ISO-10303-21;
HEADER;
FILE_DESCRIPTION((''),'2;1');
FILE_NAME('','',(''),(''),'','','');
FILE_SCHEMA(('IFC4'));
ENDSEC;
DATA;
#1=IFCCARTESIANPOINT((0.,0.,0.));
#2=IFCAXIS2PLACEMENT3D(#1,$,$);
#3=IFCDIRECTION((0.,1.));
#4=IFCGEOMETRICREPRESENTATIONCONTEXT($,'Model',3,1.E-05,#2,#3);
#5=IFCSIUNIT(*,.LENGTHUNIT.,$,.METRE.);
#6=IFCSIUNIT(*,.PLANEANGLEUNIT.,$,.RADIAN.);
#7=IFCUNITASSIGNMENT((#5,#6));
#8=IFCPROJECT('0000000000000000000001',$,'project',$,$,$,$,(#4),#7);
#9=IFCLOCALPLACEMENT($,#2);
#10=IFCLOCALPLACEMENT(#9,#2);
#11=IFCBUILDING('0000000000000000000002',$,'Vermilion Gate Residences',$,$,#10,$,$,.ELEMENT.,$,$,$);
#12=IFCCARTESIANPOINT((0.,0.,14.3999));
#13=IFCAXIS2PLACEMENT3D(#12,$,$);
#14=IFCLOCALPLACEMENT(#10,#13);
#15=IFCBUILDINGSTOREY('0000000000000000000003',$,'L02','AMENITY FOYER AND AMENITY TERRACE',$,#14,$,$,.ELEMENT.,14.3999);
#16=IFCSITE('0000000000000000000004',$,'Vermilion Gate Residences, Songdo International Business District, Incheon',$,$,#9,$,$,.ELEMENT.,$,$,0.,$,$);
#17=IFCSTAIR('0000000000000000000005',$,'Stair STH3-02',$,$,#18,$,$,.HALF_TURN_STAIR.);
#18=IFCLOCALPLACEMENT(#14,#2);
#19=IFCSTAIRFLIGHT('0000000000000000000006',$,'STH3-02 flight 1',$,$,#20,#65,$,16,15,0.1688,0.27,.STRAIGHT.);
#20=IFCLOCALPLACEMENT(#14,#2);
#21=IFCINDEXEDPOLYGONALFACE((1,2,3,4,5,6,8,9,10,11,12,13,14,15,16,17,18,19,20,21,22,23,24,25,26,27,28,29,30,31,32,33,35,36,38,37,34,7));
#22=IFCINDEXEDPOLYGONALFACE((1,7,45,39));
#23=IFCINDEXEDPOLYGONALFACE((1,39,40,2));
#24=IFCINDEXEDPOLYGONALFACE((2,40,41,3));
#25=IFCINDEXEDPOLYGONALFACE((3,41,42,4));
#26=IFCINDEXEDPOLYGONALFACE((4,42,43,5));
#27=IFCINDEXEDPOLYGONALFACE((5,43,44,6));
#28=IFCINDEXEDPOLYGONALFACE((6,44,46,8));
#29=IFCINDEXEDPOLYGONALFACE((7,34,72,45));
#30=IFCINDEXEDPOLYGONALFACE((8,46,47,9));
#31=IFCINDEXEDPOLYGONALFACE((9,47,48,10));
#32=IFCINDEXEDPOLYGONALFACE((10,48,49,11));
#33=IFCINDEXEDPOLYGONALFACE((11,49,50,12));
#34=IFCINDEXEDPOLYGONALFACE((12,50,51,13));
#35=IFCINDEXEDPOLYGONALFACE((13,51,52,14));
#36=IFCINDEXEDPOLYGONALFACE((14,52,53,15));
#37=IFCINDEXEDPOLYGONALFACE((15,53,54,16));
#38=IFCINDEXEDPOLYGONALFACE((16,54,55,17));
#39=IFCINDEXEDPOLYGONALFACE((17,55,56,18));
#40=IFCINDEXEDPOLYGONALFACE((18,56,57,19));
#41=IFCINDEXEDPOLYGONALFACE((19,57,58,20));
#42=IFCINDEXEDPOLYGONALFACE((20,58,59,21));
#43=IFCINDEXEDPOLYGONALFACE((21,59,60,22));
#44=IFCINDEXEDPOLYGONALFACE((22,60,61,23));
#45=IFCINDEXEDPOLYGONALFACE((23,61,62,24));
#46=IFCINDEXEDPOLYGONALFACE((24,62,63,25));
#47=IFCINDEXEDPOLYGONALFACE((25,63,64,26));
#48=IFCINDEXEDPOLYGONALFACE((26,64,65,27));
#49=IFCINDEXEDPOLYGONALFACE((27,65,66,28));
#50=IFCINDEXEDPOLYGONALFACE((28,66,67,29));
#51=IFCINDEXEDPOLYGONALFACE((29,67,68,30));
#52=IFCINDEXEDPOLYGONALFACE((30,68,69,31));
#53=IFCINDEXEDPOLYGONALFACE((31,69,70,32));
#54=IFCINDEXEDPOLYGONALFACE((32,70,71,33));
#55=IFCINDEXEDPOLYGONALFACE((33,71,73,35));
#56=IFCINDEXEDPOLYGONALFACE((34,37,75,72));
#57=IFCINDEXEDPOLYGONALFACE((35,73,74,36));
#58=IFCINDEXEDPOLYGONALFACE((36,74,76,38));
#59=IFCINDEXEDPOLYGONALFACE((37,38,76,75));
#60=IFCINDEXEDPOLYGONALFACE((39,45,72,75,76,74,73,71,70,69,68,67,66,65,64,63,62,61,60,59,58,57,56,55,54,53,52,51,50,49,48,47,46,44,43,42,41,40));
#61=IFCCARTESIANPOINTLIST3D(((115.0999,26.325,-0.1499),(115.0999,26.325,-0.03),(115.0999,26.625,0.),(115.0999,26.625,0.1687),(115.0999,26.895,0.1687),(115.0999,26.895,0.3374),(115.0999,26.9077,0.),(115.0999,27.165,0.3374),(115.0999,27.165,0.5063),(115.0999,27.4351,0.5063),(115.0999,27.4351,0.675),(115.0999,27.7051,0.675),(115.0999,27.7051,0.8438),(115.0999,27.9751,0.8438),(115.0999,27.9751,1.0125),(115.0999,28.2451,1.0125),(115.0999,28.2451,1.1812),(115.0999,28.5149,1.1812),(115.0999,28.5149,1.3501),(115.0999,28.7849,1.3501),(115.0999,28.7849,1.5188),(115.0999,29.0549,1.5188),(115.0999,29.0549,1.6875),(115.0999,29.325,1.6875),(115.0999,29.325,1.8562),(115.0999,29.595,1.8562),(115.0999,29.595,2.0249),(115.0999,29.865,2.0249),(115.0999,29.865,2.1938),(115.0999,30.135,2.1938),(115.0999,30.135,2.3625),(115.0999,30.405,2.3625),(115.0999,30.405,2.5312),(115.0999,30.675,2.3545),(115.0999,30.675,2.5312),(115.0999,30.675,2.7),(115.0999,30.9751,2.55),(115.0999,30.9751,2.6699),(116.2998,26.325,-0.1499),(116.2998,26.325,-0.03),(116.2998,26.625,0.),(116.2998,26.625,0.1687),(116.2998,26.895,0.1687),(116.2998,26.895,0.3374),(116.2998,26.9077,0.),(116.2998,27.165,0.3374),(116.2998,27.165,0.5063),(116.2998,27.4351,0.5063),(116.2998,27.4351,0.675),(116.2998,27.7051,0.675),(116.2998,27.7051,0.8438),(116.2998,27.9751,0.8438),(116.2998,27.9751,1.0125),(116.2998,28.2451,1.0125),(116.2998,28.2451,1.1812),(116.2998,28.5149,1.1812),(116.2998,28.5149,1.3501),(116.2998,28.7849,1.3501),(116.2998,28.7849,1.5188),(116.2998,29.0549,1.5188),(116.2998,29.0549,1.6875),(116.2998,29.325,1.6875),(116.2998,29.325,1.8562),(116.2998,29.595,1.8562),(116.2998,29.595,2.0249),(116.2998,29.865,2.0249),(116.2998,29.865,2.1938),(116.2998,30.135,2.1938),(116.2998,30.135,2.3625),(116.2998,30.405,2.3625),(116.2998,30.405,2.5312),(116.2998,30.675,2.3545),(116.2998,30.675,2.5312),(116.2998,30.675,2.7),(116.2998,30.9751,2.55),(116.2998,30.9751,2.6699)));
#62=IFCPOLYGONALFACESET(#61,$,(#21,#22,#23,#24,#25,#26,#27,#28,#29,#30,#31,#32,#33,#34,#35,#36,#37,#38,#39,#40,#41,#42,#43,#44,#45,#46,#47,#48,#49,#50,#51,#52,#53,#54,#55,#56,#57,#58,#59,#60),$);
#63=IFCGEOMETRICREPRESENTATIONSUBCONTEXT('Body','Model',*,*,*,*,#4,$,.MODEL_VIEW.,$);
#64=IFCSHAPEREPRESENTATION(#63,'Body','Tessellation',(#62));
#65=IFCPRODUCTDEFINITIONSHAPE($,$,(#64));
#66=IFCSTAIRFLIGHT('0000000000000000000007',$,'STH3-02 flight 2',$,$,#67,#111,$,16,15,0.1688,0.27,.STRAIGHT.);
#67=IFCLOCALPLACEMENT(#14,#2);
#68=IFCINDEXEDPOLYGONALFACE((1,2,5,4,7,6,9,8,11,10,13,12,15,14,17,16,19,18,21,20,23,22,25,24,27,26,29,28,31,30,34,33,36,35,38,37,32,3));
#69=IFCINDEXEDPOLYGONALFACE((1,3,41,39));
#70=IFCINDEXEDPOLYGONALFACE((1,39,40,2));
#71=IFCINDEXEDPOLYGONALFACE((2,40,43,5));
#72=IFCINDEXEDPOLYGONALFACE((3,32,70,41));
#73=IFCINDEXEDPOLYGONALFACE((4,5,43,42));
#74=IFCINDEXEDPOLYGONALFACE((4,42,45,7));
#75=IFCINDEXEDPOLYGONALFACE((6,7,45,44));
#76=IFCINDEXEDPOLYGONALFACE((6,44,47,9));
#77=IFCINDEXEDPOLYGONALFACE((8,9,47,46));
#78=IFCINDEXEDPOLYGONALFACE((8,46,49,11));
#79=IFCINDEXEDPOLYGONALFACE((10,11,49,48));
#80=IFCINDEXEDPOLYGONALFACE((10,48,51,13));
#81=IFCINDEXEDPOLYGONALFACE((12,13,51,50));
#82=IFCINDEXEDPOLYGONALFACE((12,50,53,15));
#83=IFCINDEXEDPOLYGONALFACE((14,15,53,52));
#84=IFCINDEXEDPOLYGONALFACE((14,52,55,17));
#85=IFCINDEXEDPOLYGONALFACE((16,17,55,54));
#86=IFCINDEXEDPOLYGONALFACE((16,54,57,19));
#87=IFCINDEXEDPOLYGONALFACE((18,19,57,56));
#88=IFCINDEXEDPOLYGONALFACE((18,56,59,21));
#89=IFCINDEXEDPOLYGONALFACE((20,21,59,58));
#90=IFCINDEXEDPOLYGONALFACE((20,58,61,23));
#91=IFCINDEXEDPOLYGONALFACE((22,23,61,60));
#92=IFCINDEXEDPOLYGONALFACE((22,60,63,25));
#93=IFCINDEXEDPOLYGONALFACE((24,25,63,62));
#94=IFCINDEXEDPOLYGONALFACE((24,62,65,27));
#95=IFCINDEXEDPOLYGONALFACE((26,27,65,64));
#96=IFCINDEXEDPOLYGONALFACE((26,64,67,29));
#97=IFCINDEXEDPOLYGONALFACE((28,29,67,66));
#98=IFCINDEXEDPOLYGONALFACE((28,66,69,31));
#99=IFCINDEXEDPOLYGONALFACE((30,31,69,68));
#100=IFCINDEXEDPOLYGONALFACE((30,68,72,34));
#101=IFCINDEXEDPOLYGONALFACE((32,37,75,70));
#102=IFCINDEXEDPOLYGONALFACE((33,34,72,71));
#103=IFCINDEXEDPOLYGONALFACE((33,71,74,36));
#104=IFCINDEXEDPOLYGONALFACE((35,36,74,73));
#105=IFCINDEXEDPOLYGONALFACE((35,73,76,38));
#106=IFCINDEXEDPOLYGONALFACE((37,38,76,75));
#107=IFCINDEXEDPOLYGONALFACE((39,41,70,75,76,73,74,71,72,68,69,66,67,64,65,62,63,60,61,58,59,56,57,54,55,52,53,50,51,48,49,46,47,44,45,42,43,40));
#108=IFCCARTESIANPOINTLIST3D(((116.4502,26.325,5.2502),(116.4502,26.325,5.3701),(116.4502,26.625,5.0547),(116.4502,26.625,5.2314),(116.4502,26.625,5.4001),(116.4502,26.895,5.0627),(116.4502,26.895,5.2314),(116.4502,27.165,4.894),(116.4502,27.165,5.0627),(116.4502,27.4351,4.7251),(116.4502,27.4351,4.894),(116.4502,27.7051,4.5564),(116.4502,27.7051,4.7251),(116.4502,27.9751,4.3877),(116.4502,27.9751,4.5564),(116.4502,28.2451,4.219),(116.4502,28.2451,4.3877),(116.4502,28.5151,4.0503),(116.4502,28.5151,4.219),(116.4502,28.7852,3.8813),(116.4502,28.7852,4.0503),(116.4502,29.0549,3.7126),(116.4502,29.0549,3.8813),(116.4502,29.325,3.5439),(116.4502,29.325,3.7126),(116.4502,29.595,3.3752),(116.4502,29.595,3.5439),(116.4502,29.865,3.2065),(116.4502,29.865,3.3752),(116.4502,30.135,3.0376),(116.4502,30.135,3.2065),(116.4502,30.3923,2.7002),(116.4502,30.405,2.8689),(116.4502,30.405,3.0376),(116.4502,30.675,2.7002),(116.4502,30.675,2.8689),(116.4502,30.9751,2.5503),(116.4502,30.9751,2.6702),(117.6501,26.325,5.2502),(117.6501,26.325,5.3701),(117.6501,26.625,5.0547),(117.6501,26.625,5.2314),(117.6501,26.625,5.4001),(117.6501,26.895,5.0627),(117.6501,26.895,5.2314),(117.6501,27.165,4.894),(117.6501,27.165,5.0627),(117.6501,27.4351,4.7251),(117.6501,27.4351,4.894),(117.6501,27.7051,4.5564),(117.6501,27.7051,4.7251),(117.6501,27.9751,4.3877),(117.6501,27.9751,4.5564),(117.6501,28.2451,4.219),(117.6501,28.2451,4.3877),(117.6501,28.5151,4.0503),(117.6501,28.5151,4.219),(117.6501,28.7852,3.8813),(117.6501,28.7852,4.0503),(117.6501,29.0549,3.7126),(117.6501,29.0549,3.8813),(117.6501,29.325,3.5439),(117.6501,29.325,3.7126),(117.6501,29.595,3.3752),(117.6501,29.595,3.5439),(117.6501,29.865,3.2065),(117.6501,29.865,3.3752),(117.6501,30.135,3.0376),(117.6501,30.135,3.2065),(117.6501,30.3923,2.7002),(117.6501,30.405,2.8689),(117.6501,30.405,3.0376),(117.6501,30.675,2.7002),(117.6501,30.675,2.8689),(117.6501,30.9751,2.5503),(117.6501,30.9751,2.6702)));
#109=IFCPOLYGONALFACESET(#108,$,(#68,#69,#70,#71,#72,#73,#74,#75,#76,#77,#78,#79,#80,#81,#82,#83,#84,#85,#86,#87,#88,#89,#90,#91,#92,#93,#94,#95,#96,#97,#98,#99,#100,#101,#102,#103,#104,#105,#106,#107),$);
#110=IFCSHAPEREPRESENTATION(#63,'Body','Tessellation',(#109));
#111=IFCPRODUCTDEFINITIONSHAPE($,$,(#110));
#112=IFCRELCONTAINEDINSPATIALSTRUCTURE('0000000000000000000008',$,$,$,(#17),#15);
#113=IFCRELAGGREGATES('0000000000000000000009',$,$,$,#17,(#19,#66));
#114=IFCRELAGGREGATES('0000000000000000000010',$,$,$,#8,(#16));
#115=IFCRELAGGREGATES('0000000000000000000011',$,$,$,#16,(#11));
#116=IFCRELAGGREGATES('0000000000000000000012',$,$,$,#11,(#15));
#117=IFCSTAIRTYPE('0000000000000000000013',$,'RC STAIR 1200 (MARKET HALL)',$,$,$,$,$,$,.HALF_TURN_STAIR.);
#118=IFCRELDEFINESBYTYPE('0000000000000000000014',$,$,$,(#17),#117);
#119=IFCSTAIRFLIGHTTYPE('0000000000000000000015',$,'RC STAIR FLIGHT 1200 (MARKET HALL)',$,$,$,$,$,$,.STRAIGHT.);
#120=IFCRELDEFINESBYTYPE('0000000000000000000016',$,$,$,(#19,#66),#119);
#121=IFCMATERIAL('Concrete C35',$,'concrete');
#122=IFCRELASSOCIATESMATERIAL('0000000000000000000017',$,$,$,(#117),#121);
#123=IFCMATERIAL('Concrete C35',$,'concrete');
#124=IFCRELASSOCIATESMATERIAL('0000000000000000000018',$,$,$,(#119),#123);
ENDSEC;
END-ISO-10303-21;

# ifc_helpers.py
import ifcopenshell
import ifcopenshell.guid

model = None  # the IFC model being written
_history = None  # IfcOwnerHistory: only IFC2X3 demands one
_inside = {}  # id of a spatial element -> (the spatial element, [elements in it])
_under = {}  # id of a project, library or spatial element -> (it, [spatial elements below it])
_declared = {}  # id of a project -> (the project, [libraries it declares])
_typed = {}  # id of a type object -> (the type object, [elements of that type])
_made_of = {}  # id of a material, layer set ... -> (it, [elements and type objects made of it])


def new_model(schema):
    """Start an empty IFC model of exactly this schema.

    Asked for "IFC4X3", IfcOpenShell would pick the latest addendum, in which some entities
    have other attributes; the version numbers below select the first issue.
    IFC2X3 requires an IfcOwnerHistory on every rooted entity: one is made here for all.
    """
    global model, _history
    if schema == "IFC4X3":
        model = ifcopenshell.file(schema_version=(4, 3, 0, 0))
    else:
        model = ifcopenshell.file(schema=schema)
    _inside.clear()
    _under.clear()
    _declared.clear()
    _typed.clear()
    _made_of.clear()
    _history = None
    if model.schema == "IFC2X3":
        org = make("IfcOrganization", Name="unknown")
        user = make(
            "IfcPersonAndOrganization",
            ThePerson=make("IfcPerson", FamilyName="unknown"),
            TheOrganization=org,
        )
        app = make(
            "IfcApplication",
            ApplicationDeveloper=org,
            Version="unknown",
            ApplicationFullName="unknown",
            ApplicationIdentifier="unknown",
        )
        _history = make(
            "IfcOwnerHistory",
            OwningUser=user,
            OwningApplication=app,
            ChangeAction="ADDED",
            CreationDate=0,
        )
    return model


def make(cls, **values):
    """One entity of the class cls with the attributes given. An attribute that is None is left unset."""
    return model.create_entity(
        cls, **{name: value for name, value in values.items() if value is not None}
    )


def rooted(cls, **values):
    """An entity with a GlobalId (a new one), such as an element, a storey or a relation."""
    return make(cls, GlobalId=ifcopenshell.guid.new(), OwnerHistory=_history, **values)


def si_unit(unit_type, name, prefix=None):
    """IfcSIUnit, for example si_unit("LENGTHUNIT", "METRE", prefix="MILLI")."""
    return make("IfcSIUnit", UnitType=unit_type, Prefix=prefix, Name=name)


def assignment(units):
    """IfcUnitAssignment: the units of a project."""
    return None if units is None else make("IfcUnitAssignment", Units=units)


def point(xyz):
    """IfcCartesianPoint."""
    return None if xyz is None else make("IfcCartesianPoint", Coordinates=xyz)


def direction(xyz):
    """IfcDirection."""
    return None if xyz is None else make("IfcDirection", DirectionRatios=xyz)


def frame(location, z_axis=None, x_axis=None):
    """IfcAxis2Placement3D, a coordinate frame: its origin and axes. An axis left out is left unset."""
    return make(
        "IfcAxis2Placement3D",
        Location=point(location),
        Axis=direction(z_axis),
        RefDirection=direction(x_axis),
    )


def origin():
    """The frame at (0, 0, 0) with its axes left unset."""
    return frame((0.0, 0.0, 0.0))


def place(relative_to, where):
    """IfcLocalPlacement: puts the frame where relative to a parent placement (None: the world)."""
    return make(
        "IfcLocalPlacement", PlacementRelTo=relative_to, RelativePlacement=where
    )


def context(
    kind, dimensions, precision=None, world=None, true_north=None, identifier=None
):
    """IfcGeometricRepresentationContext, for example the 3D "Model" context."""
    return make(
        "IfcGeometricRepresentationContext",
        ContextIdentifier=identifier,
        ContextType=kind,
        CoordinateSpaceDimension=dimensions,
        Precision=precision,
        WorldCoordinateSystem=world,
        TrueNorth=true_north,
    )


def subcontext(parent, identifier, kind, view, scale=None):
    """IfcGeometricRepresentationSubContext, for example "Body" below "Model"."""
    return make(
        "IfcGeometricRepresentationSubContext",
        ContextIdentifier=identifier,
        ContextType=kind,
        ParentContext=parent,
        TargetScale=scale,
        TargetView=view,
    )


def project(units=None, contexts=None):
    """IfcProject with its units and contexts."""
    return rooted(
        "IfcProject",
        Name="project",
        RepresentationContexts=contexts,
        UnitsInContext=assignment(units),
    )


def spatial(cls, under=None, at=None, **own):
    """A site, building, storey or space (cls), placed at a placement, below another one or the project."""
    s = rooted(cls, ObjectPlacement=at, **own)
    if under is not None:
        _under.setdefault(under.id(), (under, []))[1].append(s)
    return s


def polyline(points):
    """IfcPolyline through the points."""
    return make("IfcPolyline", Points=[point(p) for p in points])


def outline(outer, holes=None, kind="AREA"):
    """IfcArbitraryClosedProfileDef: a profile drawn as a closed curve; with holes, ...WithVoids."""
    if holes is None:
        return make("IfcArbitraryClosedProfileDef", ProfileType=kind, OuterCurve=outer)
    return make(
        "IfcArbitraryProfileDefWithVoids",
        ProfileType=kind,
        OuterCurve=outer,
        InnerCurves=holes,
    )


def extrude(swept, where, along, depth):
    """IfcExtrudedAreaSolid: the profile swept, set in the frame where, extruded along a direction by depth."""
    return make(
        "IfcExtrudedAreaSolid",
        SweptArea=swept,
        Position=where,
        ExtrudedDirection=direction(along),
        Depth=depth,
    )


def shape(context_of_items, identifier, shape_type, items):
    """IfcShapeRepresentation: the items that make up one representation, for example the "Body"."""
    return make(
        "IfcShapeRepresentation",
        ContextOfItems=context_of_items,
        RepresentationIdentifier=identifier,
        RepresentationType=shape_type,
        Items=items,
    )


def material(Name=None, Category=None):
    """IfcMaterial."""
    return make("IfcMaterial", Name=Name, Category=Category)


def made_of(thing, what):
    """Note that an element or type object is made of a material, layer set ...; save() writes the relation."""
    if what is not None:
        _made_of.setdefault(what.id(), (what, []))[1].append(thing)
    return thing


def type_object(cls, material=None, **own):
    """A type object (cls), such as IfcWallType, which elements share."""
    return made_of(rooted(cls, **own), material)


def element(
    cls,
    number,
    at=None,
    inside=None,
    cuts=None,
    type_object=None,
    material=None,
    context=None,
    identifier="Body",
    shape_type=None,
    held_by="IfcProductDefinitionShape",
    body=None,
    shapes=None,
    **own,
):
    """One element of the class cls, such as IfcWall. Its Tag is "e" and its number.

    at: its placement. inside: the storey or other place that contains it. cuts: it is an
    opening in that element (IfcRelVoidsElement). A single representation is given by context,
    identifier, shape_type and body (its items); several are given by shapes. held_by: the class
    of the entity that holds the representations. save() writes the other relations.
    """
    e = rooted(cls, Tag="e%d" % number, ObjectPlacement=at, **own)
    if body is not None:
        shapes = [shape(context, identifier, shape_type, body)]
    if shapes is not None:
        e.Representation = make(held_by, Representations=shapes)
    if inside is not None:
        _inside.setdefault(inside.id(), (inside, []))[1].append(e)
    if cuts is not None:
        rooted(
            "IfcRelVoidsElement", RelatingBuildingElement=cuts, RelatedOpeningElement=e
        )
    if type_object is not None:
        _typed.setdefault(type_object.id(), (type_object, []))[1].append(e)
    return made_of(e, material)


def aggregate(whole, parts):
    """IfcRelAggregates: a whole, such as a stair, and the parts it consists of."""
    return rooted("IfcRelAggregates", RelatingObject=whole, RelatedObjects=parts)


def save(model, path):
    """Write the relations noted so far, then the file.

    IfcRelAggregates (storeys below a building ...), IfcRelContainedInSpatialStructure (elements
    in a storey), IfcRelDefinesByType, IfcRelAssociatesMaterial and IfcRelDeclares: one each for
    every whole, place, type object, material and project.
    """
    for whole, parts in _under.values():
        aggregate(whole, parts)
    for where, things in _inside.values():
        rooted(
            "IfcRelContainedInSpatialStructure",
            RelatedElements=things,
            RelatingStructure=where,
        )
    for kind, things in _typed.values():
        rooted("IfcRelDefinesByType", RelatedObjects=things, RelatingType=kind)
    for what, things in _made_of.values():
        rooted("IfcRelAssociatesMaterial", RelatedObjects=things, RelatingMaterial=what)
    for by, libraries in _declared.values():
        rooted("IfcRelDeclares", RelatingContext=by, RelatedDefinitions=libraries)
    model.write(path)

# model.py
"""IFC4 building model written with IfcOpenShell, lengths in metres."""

from ifc_helpers import new_model, si_unit, direction, frame, origin, place, context, subcontext, project, spatial, polyline, outline, extrude, material, type_object, element, aggregate, save


model = new_model("IFC4")

# Units and contexts
model_context = context("Model", 3, precision=1e-05, world=origin(), true_north=direction((0.0, 1.0)))
body_context = subcontext(model_context, "Body", "Model", "MODEL_VIEW")
ifc_project = project(units=[si_unit("LENGTHUNIT", "METRE"), si_unit("PLANEANGLEUNIT", "RADIAN")], contexts=[model_context])

# Site, building, storey
site_placement = place(None, origin())
site = spatial("IfcSite", under=ifc_project, at=site_placement, Name="Vermilion Gate Residences, Songdo International Business District, Incheon", CompositionType="ELEMENT", RefElevation=0.0)
building_placement = place(site_placement, origin())
building = spatial("IfcBuilding", under=site, at=building_placement, Name="Vermilion Gate Residences", CompositionType="ELEMENT")
storey_placement = place(building_placement, frame((0.0, 0.0, 14.3999)))
storey = spatial("IfcBuildingStorey", under=building, at=storey_placement, Name="L02", Description="AMENITY FOYER AND AMENITY TERRACE", CompositionType="ELEMENT", Elevation=14.3999)

# Stair, stair flights
ifc_material_1 = material(Name="Concrete C35", Category="concrete")
stair_type = type_object("IfcStairType", Name="RC STAIR 1200 (MARKET HALL)", PredefinedType="HALF_TURN_STAIR", material=ifc_material_1)
stair_placement = place(storey_placement, origin())
stair = element("IfcStair", 1, at=stair_placement, inside=storey, type_object=stair_type, Name="Stair STH3-02", PredefinedType="HALF_TURN_STAIR")
ifc_material_2 = material(Name="Concrete C35", Category="concrete")
stair_flight_type = type_object("IfcStairFlightType", Name="RC STAIR FLIGHT 1200 (MARKET HALL)", PredefinedType="STRAIGHT", material=ifc_material_2)
stair_flight_1_placement = place(storey_placement, frame((115.7, 26.625, 0.0), z_axis=(0.0, 0.0, 1.0), x_axis=(0.0, 1.0, 0.0)))
stair_flight_1 = element("IfcStairFlight", 2, at=stair_flight_1_placement, type_object=stair_flight_type, Name="STH3-02 flight 1", NumberOfRisers=16, NumberOfTreads=15, PredefinedType="STRAIGHT", RiserHeight=0.1688, TreadLength=0.27, context=body_context, shape_type="SweptSolid", body=[
    extrude(outline(polyline([(-0.3, -0.1499), (-0.3, -0.03), (0.0, 0.0), (0.0, 0.1687), (0.27, 0.1687), (0.27, 0.3374), (0.54, 0.3374), (0.54, 0.5063), (0.8101, 0.5063), (0.8101, 0.675), (1.0801, 0.675), (1.0801, 0.8438), (1.3501, 0.8438), (1.3501, 1.0125), (1.6201, 1.0125), (1.6201, 1.1812), (1.8899, 1.1812), (1.8899, 1.3501), (2.1599, 1.3501), (2.1599, 1.5188), (2.4299, 1.5188), (2.4299, 1.6875), (2.7, 1.6875), (2.7, 1.8562), (2.97, 1.8562), (2.97, 2.0249), (3.24, 2.0249), (3.24, 2.1938), (3.51, 2.1938), (3.51, 2.3625), (3.78, 2.3625), (3.78, 2.5312), (4.05, 2.5312), (4.05, 2.7), (4.3501, 2.6699), (4.3501, 2.55), (4.05, 2.3545), (0.2827, 0.0), (-0.3, -0.1499)])), frame((0.0, 0.6001, 0.0), z_axis=(0.0, -1.0, 0.0), x_axis=(1.0, 0.0, 0.0)), (0.0, 0.0, 1.0), 1.2),
])
stair_flight_2_placement = place(storey_placement, frame((117.05, 30.675, 2.7002), z_axis=(0.0, 0.0, 1.0), x_axis=(0.0, -1.0, 0.0)))
stair_flight_2 = element("IfcStairFlight", 3, at=stair_flight_2_placement, type_object=stair_flight_type, Name="STH3-02 flight 2", NumberOfRisers=16, NumberOfTreads=15, PredefinedType="STRAIGHT", RiserHeight=0.1688, TreadLength=0.27, context=body_context, shape_type="SweptSolid", body=[
    extrude(outline(polyline([(-0.3, -0.1499), (-0.3, -0.03), (0.0, 0.0), (0.0, 0.1687), (0.27, 0.1687), (0.27, 0.3374), (0.54, 0.3374), (0.54, 0.5063), (0.8101, 0.5063), (0.8101, 0.675), (1.0801, 0.675), (1.0801, 0.8438), (1.3501, 0.8438), (1.3501, 1.0125), (1.6201, 1.0125), (1.6201, 1.1812), (1.8899, 1.1812), (1.8899, 1.3501), (2.1599, 1.3501), (2.1599, 1.5188), (2.4299, 1.5188), (2.4299, 1.6875), (2.7, 1.6875), (2.7, 1.8562), (2.97, 1.8562), (2.97, 2.0249), (3.24, 2.0249), (3.24, 2.1938), (3.51, 2.1938), (3.51, 2.3625), (3.78, 2.3625), (3.78, 2.5312), (4.05, 2.5312), (4.05, 2.7), (4.3501, 2.6699), (4.3501, 2.55), (4.05, 2.3545), (0.2827, 0.0), (-0.3, -0.1499)])), frame((0.0, 0.6001, 0.0), z_axis=(0.0, -1.0, 0.0), x_axis=(1.0, 0.0, 0.0)), (0.0, 0.0, 1.0), 1.2),
])
aggregate(stair, [stair_flight_1, stair_flight_2])

save(model, "model.ifc")
